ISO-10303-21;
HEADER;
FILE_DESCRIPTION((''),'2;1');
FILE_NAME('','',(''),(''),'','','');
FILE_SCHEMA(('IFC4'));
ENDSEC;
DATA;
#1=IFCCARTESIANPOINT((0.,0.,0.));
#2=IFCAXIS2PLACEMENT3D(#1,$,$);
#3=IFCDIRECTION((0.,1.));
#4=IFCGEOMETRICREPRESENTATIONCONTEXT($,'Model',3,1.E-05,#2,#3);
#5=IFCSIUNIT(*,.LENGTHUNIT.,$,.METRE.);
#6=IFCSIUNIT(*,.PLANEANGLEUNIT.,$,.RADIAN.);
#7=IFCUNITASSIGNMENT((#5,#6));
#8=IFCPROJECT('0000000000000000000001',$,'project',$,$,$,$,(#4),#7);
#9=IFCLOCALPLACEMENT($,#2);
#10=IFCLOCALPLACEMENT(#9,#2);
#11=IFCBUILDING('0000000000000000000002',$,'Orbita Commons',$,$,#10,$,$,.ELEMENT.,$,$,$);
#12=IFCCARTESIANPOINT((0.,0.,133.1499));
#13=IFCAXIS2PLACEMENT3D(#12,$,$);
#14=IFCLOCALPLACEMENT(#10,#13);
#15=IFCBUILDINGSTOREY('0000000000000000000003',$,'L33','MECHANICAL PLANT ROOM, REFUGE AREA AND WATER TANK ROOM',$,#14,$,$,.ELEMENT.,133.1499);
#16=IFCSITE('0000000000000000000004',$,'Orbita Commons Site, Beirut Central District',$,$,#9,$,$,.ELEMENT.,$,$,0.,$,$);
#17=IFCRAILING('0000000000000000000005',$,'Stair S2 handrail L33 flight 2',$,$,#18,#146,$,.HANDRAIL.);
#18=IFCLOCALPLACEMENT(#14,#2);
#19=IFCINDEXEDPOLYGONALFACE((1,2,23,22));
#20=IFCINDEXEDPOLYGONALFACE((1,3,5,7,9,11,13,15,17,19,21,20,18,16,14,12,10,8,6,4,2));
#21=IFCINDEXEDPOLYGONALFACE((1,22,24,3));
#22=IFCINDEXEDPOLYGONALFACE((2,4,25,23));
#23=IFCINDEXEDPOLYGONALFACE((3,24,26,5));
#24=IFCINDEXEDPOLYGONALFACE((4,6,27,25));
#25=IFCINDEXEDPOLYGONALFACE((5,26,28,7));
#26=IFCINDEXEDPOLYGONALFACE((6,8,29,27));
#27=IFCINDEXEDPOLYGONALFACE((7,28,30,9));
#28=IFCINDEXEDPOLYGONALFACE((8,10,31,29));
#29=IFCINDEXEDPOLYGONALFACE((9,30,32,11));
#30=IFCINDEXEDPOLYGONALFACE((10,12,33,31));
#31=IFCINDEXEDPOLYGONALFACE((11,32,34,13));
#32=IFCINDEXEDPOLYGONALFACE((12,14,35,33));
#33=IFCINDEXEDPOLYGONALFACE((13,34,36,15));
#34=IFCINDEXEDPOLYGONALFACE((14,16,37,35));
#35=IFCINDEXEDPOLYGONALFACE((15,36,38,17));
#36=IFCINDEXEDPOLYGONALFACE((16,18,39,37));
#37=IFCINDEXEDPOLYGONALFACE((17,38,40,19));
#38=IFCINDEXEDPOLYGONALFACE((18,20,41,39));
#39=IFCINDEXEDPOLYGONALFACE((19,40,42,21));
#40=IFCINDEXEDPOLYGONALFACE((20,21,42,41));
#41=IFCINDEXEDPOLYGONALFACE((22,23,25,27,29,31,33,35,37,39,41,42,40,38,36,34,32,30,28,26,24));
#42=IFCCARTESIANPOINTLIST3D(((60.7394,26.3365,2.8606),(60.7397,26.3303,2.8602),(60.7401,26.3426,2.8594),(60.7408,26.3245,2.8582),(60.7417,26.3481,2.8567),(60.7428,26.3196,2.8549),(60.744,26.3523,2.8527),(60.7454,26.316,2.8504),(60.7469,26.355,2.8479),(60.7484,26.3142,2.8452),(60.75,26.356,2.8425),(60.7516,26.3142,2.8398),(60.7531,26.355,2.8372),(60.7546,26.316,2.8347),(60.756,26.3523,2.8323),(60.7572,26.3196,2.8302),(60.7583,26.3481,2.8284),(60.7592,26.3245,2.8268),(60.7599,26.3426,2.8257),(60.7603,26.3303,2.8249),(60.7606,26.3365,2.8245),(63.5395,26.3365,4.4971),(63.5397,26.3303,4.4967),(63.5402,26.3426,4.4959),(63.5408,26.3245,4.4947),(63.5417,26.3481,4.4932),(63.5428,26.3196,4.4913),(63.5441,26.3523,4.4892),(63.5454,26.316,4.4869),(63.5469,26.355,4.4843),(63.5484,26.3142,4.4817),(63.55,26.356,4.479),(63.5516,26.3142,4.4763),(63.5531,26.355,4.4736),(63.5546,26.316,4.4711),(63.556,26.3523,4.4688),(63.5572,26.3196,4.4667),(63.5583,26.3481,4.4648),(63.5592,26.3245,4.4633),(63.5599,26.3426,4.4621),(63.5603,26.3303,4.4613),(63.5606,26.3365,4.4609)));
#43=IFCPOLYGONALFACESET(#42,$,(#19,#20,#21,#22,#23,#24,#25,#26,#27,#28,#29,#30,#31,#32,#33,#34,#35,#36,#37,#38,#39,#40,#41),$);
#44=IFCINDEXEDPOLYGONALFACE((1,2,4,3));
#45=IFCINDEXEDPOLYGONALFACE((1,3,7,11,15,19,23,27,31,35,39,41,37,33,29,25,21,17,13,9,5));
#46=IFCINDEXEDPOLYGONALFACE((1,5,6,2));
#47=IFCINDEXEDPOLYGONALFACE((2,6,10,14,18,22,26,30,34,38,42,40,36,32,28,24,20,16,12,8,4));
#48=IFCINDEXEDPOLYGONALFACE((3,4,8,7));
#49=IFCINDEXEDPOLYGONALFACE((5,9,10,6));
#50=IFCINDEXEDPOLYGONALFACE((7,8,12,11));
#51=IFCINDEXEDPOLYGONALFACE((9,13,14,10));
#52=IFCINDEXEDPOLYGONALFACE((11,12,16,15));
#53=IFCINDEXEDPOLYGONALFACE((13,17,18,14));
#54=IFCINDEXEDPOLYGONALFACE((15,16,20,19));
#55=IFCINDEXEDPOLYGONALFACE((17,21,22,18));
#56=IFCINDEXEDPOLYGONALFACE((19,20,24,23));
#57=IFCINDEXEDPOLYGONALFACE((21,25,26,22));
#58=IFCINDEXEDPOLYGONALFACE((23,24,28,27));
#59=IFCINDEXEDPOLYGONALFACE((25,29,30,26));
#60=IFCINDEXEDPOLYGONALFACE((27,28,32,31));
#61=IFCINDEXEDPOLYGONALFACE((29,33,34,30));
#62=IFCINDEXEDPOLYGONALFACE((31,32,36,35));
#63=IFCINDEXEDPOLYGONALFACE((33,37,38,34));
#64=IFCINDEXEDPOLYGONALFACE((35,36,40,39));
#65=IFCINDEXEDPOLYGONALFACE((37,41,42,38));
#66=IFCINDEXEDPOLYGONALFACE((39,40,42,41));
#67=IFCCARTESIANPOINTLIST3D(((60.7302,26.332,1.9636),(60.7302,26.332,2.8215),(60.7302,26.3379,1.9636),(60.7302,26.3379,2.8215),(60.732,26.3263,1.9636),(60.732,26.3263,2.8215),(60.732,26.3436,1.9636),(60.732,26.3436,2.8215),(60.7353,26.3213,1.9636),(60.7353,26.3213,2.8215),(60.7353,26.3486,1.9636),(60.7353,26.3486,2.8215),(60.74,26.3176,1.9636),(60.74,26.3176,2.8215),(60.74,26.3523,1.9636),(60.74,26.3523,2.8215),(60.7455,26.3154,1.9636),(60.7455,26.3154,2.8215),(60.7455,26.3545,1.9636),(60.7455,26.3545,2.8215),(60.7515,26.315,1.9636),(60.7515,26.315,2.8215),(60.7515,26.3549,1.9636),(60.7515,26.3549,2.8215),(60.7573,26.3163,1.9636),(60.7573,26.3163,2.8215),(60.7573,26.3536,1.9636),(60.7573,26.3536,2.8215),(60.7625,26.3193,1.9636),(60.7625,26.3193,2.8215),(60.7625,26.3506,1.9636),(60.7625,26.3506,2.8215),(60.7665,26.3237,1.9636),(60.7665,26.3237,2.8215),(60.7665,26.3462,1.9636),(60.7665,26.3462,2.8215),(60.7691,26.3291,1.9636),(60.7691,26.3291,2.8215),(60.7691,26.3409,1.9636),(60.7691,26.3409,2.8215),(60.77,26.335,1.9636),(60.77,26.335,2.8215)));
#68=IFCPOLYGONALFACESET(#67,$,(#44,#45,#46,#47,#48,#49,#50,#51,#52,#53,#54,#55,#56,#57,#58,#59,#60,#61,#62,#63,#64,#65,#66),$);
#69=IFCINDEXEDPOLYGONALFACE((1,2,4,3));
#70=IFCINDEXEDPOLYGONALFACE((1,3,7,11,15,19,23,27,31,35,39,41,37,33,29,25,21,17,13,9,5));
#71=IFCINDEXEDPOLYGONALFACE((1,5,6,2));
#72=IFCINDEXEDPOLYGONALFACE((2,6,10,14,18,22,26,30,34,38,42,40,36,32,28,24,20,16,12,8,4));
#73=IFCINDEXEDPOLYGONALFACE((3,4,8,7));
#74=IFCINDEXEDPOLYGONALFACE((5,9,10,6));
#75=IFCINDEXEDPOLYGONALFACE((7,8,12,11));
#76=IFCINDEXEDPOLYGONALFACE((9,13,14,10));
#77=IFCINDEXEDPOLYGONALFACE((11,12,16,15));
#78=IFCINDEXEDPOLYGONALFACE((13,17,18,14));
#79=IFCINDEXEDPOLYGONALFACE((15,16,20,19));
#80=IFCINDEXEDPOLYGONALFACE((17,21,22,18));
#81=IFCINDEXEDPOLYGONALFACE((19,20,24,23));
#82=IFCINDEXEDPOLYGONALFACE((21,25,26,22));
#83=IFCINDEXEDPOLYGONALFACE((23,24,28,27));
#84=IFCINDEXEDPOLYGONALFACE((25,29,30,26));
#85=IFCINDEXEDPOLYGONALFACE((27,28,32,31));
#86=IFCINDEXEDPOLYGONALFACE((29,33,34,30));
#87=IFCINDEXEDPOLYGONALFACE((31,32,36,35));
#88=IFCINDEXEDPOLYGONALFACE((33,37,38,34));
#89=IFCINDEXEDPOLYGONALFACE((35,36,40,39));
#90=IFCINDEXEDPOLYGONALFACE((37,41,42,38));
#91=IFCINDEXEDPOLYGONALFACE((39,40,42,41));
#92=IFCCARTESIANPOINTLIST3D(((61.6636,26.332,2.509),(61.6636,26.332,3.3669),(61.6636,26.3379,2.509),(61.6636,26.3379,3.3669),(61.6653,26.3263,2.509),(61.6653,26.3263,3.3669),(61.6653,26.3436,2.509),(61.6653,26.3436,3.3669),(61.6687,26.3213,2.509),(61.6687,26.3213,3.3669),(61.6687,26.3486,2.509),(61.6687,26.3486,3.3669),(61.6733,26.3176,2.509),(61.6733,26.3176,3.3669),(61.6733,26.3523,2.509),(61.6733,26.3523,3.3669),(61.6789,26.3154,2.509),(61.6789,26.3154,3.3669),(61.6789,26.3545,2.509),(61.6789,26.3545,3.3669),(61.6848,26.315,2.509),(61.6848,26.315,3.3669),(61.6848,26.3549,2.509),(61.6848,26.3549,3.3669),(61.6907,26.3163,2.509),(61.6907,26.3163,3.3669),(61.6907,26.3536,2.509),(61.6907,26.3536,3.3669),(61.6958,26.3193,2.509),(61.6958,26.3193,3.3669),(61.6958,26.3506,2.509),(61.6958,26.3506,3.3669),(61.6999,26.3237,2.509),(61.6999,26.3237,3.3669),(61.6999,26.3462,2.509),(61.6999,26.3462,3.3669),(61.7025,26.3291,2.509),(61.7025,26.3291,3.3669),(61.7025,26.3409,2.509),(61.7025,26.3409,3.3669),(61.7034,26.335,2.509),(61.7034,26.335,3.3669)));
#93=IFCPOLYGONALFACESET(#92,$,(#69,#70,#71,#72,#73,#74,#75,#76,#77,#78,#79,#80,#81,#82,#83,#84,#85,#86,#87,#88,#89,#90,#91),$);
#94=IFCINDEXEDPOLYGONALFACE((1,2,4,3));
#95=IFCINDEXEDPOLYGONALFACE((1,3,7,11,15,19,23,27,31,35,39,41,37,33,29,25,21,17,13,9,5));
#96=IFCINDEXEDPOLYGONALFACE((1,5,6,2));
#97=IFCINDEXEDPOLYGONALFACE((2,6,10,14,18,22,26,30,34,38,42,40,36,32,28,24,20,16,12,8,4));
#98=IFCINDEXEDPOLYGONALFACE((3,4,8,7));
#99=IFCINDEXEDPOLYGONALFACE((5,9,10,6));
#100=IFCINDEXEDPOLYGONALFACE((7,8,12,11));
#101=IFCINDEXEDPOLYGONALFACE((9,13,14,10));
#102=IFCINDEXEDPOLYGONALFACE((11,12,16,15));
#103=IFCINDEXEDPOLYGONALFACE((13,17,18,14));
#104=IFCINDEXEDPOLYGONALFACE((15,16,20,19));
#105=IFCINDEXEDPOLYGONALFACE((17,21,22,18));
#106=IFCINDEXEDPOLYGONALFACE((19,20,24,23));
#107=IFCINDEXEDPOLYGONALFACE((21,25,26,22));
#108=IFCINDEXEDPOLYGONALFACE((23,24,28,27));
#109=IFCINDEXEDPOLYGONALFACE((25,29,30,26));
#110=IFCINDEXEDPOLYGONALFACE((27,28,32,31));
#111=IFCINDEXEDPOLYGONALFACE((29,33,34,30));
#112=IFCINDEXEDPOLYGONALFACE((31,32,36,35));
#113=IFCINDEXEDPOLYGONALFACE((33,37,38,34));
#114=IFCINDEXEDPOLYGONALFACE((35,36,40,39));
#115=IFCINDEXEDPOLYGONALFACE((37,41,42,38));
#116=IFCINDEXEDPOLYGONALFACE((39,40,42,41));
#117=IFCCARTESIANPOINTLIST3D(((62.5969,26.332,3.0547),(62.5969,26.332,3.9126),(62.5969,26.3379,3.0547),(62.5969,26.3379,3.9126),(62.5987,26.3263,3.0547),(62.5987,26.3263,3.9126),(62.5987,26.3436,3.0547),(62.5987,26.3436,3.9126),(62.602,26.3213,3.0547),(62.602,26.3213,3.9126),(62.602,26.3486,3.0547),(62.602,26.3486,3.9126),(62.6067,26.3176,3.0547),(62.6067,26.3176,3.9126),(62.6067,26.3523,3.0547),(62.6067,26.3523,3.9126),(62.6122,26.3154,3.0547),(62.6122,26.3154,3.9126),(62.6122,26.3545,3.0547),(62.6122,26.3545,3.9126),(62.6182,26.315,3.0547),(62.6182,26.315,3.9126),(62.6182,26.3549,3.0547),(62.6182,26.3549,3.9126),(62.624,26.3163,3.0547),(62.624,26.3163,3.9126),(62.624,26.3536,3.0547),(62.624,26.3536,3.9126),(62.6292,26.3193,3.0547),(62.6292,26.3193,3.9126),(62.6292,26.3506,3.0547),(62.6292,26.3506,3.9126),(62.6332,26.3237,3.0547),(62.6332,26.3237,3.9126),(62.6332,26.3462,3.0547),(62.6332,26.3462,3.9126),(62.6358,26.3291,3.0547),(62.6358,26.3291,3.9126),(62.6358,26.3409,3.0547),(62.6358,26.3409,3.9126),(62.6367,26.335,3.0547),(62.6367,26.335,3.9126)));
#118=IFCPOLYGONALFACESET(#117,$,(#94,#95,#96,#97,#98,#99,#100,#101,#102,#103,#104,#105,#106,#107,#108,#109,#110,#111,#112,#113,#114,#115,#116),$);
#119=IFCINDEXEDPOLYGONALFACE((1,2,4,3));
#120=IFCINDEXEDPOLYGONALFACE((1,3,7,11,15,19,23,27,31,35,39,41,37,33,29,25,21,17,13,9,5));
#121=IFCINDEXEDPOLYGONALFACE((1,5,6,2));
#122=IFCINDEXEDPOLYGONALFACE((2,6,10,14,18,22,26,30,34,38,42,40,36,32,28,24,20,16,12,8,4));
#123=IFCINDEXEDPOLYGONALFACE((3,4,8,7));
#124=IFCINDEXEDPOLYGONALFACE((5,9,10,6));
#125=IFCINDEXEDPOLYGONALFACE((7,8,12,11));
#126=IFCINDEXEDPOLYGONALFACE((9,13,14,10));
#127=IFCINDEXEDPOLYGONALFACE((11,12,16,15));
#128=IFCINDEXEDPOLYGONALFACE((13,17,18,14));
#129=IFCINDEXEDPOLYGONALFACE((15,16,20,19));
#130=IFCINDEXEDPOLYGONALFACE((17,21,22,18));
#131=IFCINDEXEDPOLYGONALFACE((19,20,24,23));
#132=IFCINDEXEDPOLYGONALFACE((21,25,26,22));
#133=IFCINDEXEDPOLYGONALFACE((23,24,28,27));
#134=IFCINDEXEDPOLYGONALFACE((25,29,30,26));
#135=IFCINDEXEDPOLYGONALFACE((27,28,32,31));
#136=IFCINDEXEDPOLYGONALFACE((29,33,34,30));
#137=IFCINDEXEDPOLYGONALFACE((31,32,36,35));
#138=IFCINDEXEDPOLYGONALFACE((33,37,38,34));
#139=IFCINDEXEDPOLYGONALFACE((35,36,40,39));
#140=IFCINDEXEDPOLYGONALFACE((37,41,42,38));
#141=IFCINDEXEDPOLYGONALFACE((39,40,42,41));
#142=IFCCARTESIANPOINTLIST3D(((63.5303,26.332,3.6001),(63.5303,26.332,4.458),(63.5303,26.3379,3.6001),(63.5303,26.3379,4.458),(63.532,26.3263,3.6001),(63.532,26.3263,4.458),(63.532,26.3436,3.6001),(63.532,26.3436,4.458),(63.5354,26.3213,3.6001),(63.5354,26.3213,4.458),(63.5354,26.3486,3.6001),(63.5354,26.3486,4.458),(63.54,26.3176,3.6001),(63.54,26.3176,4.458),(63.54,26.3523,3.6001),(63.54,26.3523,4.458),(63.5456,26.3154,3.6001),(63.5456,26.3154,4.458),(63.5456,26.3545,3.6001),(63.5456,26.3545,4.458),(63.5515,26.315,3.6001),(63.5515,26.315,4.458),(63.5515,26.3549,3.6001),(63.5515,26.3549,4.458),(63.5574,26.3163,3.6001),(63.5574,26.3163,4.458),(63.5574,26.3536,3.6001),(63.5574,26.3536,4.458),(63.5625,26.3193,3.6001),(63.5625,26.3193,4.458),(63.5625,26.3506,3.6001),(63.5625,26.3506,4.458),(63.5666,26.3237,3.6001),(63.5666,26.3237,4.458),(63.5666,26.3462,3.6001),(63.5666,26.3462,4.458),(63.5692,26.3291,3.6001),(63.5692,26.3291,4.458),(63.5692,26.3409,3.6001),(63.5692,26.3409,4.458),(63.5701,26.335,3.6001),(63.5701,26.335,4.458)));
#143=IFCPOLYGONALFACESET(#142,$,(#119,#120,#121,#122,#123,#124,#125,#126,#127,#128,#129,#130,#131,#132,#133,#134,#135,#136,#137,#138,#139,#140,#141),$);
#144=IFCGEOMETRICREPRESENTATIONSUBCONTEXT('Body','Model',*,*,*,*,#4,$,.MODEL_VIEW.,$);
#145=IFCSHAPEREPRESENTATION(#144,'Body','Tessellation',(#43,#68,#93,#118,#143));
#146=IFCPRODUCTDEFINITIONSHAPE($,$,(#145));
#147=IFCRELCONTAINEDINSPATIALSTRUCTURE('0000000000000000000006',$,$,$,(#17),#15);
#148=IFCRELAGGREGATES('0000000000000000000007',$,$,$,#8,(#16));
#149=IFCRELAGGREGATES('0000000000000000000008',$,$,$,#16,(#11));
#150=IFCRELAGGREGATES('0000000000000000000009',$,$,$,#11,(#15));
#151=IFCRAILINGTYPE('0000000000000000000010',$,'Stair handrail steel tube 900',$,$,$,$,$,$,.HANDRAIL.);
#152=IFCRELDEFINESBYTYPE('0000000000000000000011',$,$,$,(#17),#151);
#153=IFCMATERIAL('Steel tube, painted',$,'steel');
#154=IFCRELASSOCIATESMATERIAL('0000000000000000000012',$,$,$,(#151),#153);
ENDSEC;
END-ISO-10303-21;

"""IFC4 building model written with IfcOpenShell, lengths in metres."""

from ifc_helpers import new_model, si_unit, direction, frame, origin, origin_2d, place, context, subcontext, project, spatial, circle, extrude, material, type_object, element, save


model = new_model("IFC4")

# Units and contexts
model_context = context("Model", 3, precision=1e-05, world=origin(), true_north=direction((0.0, 1.0)))
body_context = subcontext(model_context, "Body", "Model", "MODEL_VIEW")
ifc_project = project(units=[si_unit("LENGTHUNIT", "METRE"), si_unit("PLANEANGLEUNIT", "RADIAN")], contexts=[model_context])

# Site, building, storey
site_placement = place(None, origin())
site = spatial("IfcSite", under=ifc_project, at=site_placement, Name="Orbita Commons Site, Beirut Central District", CompositionType="ELEMENT", RefElevation=0.0)
building_placement = place(site_placement, origin())
building = spatial("IfcBuilding", under=site, at=building_placement, Name="Orbita Commons", CompositionType="ELEMENT")
storey_placement = place(building_placement, frame((0.0, 0.0, 133.1499)))
storey = spatial("IfcBuildingStorey", under=building, at=storey_placement, Name="L33", Description="MECHANICAL PLANT ROOM, REFUGE AREA AND WATER TANK ROOM", CompositionType="ELEMENT", Elevation=133.1499)

# Railing
ifc_material_1 = material(Name="Steel tube, painted", Category="steel")
railing_type = type_object("IfcRailingType", Name="Stair handrail steel tube 900", PredefinedType="HANDRAIL", material=ifc_material_1)
for number, where, name in (
    (1, (60.75, 26.335, 1.9636), "Stair S2 handrail L33 flight 2"),
):
    element("IfcRailing", number, at=place(storey_placement, frame(where)), inside=storey, type_object=railing_type, Name=name, PredefinedType="HANDRAIL", context=body_context, shape_type="SweptSolid", body=[
        extrude(circle(Radius=0.021, at=origin_2d()), frame((0.0, 0.0, 0.8789), z_axis=(0.863361, 0.0, 0.504587), x_axis=(0.0, 1.0, 0.0)), (0.0, 0.0, 1.0), 3.2432),
        extrude(circle(Radius=0.02, at=origin_2d()), origin(), (0.0, 0.0, 1.0), 0.8579),
        extrude(circle(Radius=0.02, at=origin_2d()), frame((0.9333, 0.0, 0.5454)), (0.0, 0.0, 1.0), 0.8579),
        extrude(circle(Radius=0.02, at=origin_2d()), frame((1.8667, 0.0, 1.0911)), (0.0, 0.0, 1.0), 0.8579),
        extrude(circle(Radius=0.02, at=origin_2d()), frame((2.8, 0.0, 1.6365)), (0.0, 0.0, 1.0), 0.8579),
    ])

save(model, "model.ifc")
